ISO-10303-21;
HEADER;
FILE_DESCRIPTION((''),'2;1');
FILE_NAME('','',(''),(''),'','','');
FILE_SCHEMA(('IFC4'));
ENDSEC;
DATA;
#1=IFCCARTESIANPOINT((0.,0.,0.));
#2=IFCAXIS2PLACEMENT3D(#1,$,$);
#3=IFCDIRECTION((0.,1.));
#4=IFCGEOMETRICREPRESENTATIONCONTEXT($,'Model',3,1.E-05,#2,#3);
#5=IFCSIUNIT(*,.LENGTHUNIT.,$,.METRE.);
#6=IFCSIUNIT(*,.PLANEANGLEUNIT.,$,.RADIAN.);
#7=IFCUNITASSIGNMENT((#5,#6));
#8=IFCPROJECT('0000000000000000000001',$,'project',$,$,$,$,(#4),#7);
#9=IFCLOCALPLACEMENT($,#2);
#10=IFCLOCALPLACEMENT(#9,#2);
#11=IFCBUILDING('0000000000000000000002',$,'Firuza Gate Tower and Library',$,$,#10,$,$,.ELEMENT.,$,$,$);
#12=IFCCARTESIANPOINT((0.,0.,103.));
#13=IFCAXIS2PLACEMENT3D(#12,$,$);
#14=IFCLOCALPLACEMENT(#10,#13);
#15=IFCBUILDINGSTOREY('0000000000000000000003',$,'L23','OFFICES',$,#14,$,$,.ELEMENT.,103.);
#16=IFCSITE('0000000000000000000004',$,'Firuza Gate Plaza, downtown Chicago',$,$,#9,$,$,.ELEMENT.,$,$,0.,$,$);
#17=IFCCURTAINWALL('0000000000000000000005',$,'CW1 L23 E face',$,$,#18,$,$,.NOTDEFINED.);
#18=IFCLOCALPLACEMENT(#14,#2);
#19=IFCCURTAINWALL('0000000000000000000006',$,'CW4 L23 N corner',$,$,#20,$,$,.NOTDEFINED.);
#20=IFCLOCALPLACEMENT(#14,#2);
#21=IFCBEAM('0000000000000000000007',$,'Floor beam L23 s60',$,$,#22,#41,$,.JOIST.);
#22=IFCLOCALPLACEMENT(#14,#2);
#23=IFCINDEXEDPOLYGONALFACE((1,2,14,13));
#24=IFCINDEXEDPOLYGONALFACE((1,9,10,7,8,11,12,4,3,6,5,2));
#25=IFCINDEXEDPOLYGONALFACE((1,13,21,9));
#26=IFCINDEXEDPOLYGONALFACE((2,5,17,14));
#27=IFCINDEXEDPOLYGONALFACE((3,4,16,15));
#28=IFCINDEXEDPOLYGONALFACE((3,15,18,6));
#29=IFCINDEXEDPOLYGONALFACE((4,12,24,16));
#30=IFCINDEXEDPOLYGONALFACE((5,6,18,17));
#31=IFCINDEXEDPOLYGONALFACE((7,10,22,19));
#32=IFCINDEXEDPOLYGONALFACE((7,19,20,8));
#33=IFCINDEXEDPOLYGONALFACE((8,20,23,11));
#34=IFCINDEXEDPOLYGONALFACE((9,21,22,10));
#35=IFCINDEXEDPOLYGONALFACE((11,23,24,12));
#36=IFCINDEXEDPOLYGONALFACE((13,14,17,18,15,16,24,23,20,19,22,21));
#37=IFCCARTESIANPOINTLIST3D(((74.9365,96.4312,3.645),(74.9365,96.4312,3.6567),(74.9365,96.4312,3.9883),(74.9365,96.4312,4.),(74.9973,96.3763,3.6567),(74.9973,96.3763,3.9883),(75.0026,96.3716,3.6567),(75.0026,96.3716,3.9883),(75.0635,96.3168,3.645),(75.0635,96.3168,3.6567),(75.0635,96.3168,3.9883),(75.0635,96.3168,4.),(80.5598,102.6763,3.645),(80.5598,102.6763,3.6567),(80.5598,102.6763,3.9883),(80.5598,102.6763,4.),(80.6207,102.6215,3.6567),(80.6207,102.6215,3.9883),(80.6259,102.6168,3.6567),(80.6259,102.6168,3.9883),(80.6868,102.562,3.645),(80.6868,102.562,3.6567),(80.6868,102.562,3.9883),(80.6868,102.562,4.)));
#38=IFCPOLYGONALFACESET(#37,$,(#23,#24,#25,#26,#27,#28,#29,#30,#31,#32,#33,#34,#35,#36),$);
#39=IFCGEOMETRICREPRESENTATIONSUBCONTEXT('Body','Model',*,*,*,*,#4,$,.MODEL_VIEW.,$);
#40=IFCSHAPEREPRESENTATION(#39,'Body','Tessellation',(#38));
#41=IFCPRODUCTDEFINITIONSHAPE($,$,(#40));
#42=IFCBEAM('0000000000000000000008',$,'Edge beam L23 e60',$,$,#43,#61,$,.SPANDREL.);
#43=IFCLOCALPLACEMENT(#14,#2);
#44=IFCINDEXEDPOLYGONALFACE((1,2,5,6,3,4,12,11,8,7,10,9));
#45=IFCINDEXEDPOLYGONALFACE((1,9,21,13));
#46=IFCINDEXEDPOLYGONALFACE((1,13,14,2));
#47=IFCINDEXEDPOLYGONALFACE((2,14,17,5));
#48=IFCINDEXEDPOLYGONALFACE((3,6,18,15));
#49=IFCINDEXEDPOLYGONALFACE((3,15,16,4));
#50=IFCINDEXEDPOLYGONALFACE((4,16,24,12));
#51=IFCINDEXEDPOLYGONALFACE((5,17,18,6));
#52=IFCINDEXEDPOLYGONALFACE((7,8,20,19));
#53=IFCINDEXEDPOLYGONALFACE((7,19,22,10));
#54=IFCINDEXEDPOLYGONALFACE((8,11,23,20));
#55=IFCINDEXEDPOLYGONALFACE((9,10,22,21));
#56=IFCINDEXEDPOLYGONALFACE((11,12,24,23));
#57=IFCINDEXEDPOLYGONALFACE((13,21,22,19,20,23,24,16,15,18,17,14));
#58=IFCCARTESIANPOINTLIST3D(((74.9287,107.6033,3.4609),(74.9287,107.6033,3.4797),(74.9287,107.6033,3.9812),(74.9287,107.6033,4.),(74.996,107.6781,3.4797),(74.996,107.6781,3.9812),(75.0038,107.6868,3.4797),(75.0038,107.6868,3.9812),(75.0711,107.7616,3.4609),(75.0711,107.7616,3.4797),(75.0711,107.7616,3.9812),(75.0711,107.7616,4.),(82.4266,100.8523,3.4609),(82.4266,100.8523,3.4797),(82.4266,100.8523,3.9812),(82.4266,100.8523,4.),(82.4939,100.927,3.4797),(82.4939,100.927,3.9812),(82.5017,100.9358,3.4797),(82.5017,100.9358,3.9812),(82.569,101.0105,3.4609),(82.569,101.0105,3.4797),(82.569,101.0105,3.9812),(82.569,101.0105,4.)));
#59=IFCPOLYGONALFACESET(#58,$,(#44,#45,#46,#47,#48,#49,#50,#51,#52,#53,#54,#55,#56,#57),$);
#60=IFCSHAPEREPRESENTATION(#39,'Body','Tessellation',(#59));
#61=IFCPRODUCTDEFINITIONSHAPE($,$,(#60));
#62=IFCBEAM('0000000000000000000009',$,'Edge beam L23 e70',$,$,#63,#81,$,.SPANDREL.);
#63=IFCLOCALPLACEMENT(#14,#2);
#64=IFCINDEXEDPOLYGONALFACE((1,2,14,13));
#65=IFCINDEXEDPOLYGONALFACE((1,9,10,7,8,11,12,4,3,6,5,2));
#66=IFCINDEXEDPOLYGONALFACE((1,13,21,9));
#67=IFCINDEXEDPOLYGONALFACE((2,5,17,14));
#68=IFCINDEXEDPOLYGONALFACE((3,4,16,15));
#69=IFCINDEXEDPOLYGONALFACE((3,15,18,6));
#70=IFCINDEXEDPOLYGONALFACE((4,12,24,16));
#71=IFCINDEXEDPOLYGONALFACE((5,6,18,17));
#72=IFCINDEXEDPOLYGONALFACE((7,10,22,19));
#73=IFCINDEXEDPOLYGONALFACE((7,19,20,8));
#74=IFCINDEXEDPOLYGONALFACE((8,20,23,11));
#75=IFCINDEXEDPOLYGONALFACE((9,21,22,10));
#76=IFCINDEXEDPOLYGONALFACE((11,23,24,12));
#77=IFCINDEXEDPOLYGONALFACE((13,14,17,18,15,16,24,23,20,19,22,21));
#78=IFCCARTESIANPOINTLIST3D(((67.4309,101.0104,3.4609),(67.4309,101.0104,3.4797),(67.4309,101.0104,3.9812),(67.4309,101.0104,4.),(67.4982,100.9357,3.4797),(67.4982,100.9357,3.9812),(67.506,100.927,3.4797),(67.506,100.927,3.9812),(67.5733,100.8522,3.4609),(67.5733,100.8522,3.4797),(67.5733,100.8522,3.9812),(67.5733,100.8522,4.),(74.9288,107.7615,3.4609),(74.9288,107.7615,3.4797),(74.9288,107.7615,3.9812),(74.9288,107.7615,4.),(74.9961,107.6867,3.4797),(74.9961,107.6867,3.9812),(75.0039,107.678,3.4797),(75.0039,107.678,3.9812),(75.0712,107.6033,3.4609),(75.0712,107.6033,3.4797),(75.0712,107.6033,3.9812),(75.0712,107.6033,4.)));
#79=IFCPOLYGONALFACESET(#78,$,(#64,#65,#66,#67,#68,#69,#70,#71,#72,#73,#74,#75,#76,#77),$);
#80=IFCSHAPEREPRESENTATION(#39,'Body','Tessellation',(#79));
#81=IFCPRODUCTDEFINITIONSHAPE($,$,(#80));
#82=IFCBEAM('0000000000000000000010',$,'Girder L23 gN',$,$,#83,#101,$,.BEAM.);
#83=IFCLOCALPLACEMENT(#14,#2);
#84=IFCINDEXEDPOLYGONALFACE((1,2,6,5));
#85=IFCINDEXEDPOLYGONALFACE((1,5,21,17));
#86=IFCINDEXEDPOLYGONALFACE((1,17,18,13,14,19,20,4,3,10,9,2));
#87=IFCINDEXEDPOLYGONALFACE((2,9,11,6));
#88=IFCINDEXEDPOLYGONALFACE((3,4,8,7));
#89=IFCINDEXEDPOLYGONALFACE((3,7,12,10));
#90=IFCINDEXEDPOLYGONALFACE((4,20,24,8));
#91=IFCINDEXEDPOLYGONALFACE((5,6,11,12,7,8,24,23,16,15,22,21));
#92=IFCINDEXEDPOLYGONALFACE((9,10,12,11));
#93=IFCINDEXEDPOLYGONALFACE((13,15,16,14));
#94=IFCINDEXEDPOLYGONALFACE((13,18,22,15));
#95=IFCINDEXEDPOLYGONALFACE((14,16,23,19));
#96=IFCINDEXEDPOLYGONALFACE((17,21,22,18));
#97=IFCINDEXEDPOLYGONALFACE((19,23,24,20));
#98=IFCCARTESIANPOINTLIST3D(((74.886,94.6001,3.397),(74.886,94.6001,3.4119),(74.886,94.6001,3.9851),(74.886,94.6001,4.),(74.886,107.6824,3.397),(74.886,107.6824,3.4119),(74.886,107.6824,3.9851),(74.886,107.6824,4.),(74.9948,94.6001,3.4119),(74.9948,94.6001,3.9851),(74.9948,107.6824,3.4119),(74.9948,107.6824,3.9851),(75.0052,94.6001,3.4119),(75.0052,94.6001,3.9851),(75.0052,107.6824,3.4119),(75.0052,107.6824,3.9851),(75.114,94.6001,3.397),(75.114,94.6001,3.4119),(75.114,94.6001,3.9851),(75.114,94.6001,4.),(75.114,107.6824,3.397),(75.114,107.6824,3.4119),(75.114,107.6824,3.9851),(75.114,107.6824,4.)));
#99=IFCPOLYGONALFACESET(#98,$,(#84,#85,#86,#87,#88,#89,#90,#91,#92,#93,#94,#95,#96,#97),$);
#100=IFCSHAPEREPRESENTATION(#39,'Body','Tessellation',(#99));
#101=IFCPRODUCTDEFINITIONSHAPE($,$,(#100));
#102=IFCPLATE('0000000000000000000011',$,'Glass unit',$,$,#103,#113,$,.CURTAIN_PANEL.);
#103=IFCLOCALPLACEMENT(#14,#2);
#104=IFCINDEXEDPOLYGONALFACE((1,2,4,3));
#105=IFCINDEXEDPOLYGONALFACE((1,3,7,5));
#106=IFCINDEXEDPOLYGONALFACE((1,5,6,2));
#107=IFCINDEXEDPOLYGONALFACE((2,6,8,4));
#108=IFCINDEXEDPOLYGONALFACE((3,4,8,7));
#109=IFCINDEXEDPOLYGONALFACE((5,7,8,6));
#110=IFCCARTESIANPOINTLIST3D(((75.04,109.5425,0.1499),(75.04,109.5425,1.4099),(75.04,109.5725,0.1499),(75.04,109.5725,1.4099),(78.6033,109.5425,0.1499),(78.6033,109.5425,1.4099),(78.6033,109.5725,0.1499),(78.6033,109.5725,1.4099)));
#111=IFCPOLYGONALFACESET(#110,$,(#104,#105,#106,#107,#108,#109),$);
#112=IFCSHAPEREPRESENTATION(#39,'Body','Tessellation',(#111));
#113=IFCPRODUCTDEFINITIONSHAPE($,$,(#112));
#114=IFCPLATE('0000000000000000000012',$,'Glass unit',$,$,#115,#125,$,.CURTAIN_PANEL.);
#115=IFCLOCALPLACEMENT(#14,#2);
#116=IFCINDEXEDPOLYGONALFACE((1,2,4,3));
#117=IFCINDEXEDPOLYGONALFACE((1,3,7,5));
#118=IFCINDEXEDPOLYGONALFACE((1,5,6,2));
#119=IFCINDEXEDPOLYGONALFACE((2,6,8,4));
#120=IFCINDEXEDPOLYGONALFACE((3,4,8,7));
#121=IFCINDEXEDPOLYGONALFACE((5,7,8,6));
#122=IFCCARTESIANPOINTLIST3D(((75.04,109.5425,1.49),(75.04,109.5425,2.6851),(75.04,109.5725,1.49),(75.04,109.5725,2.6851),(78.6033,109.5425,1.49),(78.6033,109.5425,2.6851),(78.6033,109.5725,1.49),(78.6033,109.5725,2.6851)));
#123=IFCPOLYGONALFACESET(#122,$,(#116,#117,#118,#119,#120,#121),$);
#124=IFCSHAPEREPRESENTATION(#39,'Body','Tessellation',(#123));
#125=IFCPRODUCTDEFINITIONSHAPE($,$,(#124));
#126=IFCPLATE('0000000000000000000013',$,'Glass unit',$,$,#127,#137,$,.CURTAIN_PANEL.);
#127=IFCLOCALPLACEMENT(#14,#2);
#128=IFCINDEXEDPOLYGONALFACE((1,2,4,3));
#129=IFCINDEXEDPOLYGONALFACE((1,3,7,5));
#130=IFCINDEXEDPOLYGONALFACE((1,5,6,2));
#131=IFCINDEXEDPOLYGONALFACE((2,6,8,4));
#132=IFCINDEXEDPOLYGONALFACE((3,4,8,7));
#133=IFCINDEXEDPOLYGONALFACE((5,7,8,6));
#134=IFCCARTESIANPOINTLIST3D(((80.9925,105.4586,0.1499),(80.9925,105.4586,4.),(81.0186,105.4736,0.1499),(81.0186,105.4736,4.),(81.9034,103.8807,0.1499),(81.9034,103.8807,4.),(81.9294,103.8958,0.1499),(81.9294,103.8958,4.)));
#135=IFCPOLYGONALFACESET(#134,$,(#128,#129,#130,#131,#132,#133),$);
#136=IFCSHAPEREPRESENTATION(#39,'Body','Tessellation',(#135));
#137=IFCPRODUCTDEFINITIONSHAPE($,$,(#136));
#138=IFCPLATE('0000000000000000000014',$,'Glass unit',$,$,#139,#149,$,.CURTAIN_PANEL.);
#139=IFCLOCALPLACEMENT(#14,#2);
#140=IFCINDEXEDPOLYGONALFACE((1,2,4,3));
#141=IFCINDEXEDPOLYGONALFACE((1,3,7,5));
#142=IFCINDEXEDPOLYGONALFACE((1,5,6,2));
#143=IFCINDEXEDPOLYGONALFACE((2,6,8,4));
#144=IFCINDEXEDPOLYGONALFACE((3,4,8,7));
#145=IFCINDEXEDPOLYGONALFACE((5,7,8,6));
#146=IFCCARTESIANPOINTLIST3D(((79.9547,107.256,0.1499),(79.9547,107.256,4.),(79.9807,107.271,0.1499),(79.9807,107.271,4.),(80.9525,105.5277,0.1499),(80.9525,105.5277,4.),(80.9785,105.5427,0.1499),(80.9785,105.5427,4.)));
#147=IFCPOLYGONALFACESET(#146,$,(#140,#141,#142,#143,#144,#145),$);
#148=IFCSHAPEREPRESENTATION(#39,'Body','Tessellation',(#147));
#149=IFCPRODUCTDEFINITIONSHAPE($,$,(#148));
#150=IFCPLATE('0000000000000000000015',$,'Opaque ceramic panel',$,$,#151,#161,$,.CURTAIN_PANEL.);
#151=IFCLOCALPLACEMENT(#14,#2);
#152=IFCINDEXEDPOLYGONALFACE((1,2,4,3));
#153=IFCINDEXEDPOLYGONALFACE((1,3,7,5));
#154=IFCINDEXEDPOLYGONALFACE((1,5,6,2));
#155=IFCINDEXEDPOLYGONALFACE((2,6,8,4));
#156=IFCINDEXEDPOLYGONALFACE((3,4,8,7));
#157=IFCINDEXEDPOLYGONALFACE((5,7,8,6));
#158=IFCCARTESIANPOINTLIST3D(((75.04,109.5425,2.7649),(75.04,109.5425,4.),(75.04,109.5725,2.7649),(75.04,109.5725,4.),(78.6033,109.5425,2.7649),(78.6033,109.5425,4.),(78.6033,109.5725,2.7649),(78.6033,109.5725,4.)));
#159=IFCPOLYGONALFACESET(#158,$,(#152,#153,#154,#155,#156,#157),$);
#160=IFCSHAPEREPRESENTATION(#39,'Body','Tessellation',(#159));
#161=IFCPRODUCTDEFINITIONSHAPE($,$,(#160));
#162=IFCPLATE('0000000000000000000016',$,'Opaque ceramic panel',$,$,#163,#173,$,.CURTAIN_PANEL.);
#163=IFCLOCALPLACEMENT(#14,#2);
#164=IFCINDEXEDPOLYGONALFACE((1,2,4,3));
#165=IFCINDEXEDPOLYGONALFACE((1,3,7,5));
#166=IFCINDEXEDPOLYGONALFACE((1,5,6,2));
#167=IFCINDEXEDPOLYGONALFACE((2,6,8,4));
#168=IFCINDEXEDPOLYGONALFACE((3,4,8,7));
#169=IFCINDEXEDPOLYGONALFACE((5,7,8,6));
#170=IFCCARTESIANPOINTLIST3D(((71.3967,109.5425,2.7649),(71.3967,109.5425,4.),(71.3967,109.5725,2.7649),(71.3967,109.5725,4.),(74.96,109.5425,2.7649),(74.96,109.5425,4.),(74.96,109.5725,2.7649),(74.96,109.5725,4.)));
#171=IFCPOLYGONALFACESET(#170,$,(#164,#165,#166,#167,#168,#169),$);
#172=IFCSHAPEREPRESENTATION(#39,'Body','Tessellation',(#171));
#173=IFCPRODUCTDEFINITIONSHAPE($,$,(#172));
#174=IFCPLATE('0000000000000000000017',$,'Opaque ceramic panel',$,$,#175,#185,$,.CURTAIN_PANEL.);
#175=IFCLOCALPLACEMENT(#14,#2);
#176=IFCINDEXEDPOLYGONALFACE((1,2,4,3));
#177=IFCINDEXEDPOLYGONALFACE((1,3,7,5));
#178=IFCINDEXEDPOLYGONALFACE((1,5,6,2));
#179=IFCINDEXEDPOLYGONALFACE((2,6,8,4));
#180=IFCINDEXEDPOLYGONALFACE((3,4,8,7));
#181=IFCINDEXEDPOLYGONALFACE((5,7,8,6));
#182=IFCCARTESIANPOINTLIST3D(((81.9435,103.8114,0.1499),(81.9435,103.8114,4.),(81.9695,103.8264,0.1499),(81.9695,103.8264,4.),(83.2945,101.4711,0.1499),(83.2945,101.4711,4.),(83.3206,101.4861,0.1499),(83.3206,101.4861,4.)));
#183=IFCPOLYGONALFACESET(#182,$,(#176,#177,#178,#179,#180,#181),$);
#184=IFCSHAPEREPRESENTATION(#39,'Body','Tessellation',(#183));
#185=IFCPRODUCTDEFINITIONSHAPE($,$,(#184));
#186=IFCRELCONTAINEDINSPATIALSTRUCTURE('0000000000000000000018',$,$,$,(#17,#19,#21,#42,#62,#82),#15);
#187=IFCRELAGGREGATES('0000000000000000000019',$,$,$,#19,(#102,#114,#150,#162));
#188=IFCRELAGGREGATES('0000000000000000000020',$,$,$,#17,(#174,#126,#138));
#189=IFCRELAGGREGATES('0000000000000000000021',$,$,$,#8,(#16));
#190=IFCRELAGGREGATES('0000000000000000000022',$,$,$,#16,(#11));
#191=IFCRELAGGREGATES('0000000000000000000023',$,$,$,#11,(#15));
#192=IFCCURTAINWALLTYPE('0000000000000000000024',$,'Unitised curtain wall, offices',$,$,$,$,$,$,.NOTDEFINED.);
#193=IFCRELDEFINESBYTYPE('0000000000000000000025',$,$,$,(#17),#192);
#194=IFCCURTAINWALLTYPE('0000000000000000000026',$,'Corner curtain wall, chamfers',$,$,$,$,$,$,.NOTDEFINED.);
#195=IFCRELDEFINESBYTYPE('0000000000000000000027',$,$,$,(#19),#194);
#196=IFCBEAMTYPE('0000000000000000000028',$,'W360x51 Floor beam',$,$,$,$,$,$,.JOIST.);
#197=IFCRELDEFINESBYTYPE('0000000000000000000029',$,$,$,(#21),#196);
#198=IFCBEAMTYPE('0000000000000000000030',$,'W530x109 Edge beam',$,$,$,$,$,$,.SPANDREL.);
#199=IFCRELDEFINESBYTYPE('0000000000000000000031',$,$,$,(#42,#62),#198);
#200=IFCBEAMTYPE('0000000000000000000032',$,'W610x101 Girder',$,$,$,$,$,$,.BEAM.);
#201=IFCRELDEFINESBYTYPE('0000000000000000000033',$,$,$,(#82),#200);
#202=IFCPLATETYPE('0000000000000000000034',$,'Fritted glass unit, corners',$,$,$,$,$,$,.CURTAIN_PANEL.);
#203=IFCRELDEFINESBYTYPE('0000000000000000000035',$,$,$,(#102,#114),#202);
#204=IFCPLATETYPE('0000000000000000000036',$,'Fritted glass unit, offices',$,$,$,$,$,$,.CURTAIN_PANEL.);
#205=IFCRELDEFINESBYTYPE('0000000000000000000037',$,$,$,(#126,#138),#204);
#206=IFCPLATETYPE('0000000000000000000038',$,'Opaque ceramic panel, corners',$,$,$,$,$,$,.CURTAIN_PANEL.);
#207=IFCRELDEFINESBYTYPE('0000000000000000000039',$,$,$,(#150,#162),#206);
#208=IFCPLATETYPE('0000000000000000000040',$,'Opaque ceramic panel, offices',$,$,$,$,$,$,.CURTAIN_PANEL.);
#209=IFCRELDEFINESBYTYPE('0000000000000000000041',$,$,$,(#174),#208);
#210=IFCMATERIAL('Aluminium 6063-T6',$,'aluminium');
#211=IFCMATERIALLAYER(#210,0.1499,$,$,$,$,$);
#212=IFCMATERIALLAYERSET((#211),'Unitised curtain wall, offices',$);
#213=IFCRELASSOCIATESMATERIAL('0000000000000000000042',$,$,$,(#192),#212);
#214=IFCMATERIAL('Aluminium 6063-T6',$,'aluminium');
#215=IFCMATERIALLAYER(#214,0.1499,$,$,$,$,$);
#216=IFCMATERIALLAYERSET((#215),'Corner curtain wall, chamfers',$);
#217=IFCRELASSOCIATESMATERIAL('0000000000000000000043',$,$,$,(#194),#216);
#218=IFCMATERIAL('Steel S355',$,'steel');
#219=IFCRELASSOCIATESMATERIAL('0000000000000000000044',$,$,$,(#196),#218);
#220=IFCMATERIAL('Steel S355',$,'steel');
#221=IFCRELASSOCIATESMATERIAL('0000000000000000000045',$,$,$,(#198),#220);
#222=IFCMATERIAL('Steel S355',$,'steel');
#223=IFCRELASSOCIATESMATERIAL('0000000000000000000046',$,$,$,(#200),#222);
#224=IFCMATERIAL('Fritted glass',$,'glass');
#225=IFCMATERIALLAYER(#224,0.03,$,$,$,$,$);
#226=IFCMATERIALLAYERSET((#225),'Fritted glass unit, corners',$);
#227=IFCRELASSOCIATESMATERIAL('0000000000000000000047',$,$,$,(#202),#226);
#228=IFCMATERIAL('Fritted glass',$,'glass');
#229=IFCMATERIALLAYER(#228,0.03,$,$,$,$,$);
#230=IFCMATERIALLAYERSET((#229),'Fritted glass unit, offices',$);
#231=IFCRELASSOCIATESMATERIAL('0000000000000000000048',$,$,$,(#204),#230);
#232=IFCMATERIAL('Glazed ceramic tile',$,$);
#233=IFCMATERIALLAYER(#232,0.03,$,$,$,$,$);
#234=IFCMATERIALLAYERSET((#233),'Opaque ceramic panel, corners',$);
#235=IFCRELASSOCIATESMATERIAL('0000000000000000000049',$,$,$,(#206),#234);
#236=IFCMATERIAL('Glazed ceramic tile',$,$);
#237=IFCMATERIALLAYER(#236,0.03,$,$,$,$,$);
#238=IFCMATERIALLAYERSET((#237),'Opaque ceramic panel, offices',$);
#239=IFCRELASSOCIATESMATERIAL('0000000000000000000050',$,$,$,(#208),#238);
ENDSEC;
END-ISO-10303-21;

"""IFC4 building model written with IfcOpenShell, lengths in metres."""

from ifc_helpers import new_model, si_unit, direction, frame, origin, origin_2d, place, context, subcontext, project, spatial, polyline, i_section, outline, extrude, material, layer, layer_set, material_profile, profile_set, type_object, element, aggregate, save


model = new_model("IFC4")

# Units and contexts
model_context = context("Model", 3, precision=1e-05, world=origin(), true_north=direction((0.0, 1.0)))
body_context = subcontext(model_context, "Body", "Model", "MODEL_VIEW")
ifc_project = project(units=[si_unit("LENGTHUNIT", "METRE"), si_unit("PLANEANGLEUNIT", "RADIAN")], contexts=[model_context])

# Site, building, storey
site_placement = place(None, origin())
site = spatial("IfcSite", under=ifc_project, at=site_placement, Name="Firuza Gate Plaza, downtown Chicago", CompositionType="ELEMENT", RefElevation=0.0)
building_placement = place(site_placement, origin())
building = spatial("IfcBuilding", under=site, at=building_placement, Name="Firuza Gate Tower and Library", CompositionType="ELEMENT")
storey_placement = place(building_placement, frame((0.0, 0.0, 103.0)))
storey = spatial("IfcBuildingStorey", under=building, at=storey_placement, Name="L23", Description="OFFICES", CompositionType="ELEMENT", Elevation=103.0)

# Curtain walls
ifc_material_1 = material(Name="Aluminium 6063-T6", Category="aluminium")
ifc_layer_1 = layer(ifc_material_1, 0.1499)
ifc_layer_set_1 = layer_set([ifc_layer_1], Name="Unitised curtain wall, offices")
curtain_wall_type_1 = type_object("IfcCurtainWallType", Name="Unitised curtain wall, offices", PredefinedType="NOTDEFINED", material=ifc_layer_set_1)
placement = place(storey_placement, origin())
curtain_wall_1 = element("IfcCurtainWall", 1, at=placement, inside=storey, type_object=curtain_wall_type_1, Name="CW1 L23 E face", PredefinedType="NOTDEFINED")
ifc_material_2 = material(Name="Aluminium 6063-T6", Category="aluminium")
ifc_layer_2 = layer(ifc_material_2, 0.1499)
ifc_layer_set_2 = layer_set([ifc_layer_2], Name="Corner curtain wall, chamfers")
curtain_wall_type_2 = type_object("IfcCurtainWallType", Name="Corner curtain wall, chamfers", PredefinedType="NOTDEFINED", material=ifc_layer_set_2)
curtain_wall_2 = element("IfcCurtainWall", 2, at=placement, inside=storey, type_object=curtain_wall_type_2, Name="CW4 L23 N corner", PredefinedType="NOTDEFINED")

# Beams
ifc_material_3 = material(Name="Steel S355", Category="steel")
ifc_material_profile_1 = material_profile(ifc_material_3, i_section(OverallWidth=0.1709, OverallDepth=0.355, WebThickness=0.0071, FlangeThickness=0.0117, at=origin_2d()))
ifc_profile_set_1 = profile_set([ifc_material_profile_1], Name="Steel S355")
beam_type_1 = type_object("IfcBeamType", Name="W360x51 Floor beam", PredefinedType="JOIST", material=ifc_profile_set_1)
beam_1_placement = place(storey_placement, frame((80.6233, 102.6191, 3.8225), z_axis=(-0.669141, -0.743135, 0.0), x_axis=(0.743135, -0.669141, 0.0)))
element("IfcBeam", 3, at=beam_1_placement, inside=storey, type_object=beam_type_1, Name="Floor beam L23 s60", PredefinedType="JOIST", context=body_context, shape_type="SweptSolid", body=[
    extrude(i_section(OverallWidth=0.1709, OverallDepth=0.355, WebThickness=0.0071, FlangeThickness=0.0117, at=origin_2d()), origin(), (0.0, 0.0, 1.0), 8.4038),
])
ifc_material_4 = material(Name="Steel S355", Category="steel")
ifc_material_profile_2 = material_profile(ifc_material_4, i_section(OverallWidth=0.2129, OverallDepth=0.5391, WebThickness=0.0117, FlangeThickness=0.0188, at=origin_2d()))
ifc_profile_set_2 = profile_set([ifc_material_profile_2], Name="Steel S355")
beam_type_2 = type_object("IfcBeamType", Name="W530x109 Edge beam", PredefinedType="SPANDREL", material=ifc_profile_set_2)
for number, where, z_axis, x_axis, name in (
    (4, (82.4978, 100.9314, 3.7305), (-0.743149, 0.669126, 0.0), (-0.669126, -0.743149, 0.0), "Edge beam L23 e60"),
    (5, (75.0, 107.6824, 3.7305), (-0.743149, -0.669126, 0.0), (0.669126, -0.743149, 0.0), "Edge beam L23 e70"),
):
    element("IfcBeam", number, at=place(storey_placement, frame(where, z_axis=z_axis, x_axis=x_axis)), inside=storey, type_object=beam_type_2, Name=name, PredefinedType="SPANDREL", context=body_context, shape_type="SweptSolid", body=[
        extrude(i_section(OverallWidth=0.2129, OverallDepth=0.5391, WebThickness=0.0117, FlangeThickness=0.0188, at=origin_2d()), origin(), (0.0, 0.0, 1.0), 10.0894),
    ])
ifc_material_5 = material(Name="Steel S355", Category="steel")
ifc_material_profile_3 = material_profile(ifc_material_5, i_section(OverallWidth=0.228, OverallDepth=0.603, WebThickness=0.0105, FlangeThickness=0.0149, at=origin_2d()))
ifc_profile_set_3 = profile_set([ifc_material_profile_3], Name="Steel S355")
beam_type_3 = type_object("IfcBeamType", Name="W610x101 Girder", PredefinedType="BEAM", material=ifc_profile_set_3)
beam_2_placement = place(storey_placement, frame((75.0, 107.6824, 3.6985), z_axis=(0.0, -1.0, 0.0), x_axis=(1.0, 0.0, 0.0)))
element("IfcBeam", 6, at=beam_2_placement, inside=storey, type_object=beam_type_3, Name="Girder L23 gN", PredefinedType="BEAM", context=body_context, shape_type="SweptSolid", body=[
    extrude(i_section(OverallWidth=0.228, OverallDepth=0.603, WebThickness=0.0105, FlangeThickness=0.0149, at=origin_2d()), origin(), (0.0, 0.0, 1.0), 13.0823),
])

# Plates
ifc_material_6 = material(Name="Fritted glass", Category="glass")
ifc_layer_3 = layer(ifc_material_6, 0.03)
ifc_layer_set_3 = layer_set([ifc_layer_3], Name="Fritted glass unit, corners")
plate_type_1 = type_object("IfcPlateType", Name="Fritted glass unit, corners", PredefinedType="CURTAIN_PANEL", material=ifc_layer_set_3)
plate_1_placement = place(storey_placement, frame((78.6033, 109.5725, 0.1499), z_axis=(0.0, 1.0, 0.0), x_axis=(-1.0, 0.0, 0.0)))
plate_1 = element("IfcPlate", 7, at=plate_1_placement, type_object=plate_type_1, Name="Glass unit", PredefinedType="CURTAIN_PANEL", context=body_context, shape_type="SweptSolid", body=[
    extrude(outline(polyline([(0.0, 0.0), (3.5632, 0.0), (3.5632, 1.26), (0.0, 1.26), (0.0, 0.0)])), origin(), (0.0, 0.0, -1.0), 0.03),
])
plate_2_placement = place(storey_placement, frame((78.6033, 109.5725, 1.49), z_axis=(0.0, 1.0, 0.0), x_axis=(-1.0, 0.0, 0.0)))
plate_2 = element("IfcPlate", 8, at=plate_2_placement, type_object=plate_type_1, Name="Glass unit", PredefinedType="CURTAIN_PANEL", context=body_context, shape_type="SweptSolid", body=[
    extrude(outline(polyline([(0.0, 0.0), (3.5632, 0.0), (3.5632, 1.1951), (0.0, 1.1951), (0.0, 0.0)])), origin(), (0.0, 0.0, -1.0), 0.03),
])
ifc_material_7 = material(Name="Fritted glass", Category="glass")
ifc_layer_4 = layer(ifc_material_7, 0.03)
ifc_layer_set_4 = layer_set([ifc_layer_4], Name="Fritted glass unit, offices")
plate_type_2 = type_object("IfcPlateType", Name="Fritted glass unit, offices", PredefinedType="CURTAIN_PANEL", material=ifc_layer_set_4)
plate_3_placement = place(storey_placement, frame((81.9294, 103.8958, 0.1499), z_axis=(0.866049, 0.499958, 0.0), x_axis=(-0.499958, 0.866049, 0.0)))
plate_3 = element("IfcPlate", 9, at=plate_3_placement, type_object=plate_type_2, Name="Glass unit", PredefinedType="CURTAIN_PANEL", context=body_context, shape_type="SweptSolid", body=[
    extrude(outline(polyline([(0.0, 0.0), (1.8219, 0.0), (1.8219, 3.8501), (0.0, 3.8501), (0.0, 0.0)])), origin(), (0.0, 0.0, -1.0), 0.03),
])
plate_4_placement = place(storey_placement, frame((80.9785, 105.5427, 0.1499), z_axis=(0.866029, 0.499994, 0.0), x_axis=(-0.499994, 0.866029, 0.0)))
plate_4 = element("IfcPlate", 10, at=plate_4_placement, type_object=plate_type_2, Name="Glass unit", PredefinedType="CURTAIN_PANEL", context=body_context, shape_type="SweptSolid", body=[
    extrude(outline(polyline([(0.0, 0.0), (1.9956, 0.0), (1.9956, 3.8501), (0.0, 3.8501), (0.0, 0.0)])), origin(), (0.0, 0.0, -1.0), 0.03),
])
ifc_material_8 = material(Name="Glazed ceramic tile")
ifc_layer_5 = layer(ifc_material_8, 0.03)
ifc_layer_set_5 = layer_set([ifc_layer_5], Name="Opaque ceramic panel, corners")
plate_type_3 = type_object("IfcPlateType", Name="Opaque ceramic panel, corners", PredefinedType="CURTAIN_PANEL", material=ifc_layer_set_5)
plate_5_placement = place(storey_placement, frame((78.6033, 109.5725, 2.7649), z_axis=(0.0, 1.0, 0.0), x_axis=(-1.0, 0.0, 0.0)))
plate_5 = element("IfcPlate", 11, at=plate_5_placement, type_object=plate_type_3, Name="Opaque ceramic panel", PredefinedType="CURTAIN_PANEL", context=body_context, shape_type="SweptSolid", body=[
    extrude(outline(polyline([(0.0, 0.0), (3.5632, 0.0), (3.5632, 1.2351), (0.0, 1.2351), (0.0, 0.0)])), origin(), (0.0, 0.0, -1.0), 0.03),
])
plate_6_placement = place(storey_placement, frame((74.96, 109.5725, 2.7649), z_axis=(0.0, 1.0, 0.0), x_axis=(-1.0, 0.0, 0.0)))
plate_6 = element("IfcPlate", 12, at=plate_6_placement, type_object=plate_type_3, Name="Opaque ceramic panel", PredefinedType="CURTAIN_PANEL", context=body_context, shape_type="SweptSolid", body=[
    extrude(outline(polyline([(0.0, 0.0), (3.5632, 0.0), (3.5632, 1.2351), (0.0, 1.2351), (0.0, 0.0)])), origin(), (0.0, 0.0, -1.0), 0.03),
])
aggregate(curtain_wall_2, [plate_1, plate_2, plate_5, plate_6])
ifc_material_9 = material(Name="Glazed ceramic tile")
ifc_layer_6 = layer(ifc_material_9, 0.03)
ifc_layer_set_6 = layer_set([ifc_layer_6], Name="Opaque ceramic panel, offices")
plate_type_4 = type_object("IfcPlateType", Name="Opaque ceramic panel, offices", PredefinedType="CURTAIN_PANEL", material=ifc_layer_set_6)
plate_7_placement = place(storey_placement, frame((83.3206, 101.4861, 0.1499), z_axis=(0.866044, 0.499967, 0.0), x_axis=(-0.499967, 0.866044, 0.0)))
plate_7 = element("IfcPlate", 13, at=plate_7_placement, type_object=plate_type_4, Name="Opaque ceramic panel", PredefinedType="CURTAIN_PANEL", context=body_context, shape_type="SweptSolid", body=[
    extrude(outline(polyline([(0.0, 0.0), (2.7023, 0.0), (2.7023, 3.8501), (0.0, 3.8501), (0.0, 0.0)])), origin(), (0.0, 0.0, -1.0), 0.03),
])
aggregate(curtain_wall_1, [plate_7, plate_3, plate_4])

save(model, "model.ifc")
